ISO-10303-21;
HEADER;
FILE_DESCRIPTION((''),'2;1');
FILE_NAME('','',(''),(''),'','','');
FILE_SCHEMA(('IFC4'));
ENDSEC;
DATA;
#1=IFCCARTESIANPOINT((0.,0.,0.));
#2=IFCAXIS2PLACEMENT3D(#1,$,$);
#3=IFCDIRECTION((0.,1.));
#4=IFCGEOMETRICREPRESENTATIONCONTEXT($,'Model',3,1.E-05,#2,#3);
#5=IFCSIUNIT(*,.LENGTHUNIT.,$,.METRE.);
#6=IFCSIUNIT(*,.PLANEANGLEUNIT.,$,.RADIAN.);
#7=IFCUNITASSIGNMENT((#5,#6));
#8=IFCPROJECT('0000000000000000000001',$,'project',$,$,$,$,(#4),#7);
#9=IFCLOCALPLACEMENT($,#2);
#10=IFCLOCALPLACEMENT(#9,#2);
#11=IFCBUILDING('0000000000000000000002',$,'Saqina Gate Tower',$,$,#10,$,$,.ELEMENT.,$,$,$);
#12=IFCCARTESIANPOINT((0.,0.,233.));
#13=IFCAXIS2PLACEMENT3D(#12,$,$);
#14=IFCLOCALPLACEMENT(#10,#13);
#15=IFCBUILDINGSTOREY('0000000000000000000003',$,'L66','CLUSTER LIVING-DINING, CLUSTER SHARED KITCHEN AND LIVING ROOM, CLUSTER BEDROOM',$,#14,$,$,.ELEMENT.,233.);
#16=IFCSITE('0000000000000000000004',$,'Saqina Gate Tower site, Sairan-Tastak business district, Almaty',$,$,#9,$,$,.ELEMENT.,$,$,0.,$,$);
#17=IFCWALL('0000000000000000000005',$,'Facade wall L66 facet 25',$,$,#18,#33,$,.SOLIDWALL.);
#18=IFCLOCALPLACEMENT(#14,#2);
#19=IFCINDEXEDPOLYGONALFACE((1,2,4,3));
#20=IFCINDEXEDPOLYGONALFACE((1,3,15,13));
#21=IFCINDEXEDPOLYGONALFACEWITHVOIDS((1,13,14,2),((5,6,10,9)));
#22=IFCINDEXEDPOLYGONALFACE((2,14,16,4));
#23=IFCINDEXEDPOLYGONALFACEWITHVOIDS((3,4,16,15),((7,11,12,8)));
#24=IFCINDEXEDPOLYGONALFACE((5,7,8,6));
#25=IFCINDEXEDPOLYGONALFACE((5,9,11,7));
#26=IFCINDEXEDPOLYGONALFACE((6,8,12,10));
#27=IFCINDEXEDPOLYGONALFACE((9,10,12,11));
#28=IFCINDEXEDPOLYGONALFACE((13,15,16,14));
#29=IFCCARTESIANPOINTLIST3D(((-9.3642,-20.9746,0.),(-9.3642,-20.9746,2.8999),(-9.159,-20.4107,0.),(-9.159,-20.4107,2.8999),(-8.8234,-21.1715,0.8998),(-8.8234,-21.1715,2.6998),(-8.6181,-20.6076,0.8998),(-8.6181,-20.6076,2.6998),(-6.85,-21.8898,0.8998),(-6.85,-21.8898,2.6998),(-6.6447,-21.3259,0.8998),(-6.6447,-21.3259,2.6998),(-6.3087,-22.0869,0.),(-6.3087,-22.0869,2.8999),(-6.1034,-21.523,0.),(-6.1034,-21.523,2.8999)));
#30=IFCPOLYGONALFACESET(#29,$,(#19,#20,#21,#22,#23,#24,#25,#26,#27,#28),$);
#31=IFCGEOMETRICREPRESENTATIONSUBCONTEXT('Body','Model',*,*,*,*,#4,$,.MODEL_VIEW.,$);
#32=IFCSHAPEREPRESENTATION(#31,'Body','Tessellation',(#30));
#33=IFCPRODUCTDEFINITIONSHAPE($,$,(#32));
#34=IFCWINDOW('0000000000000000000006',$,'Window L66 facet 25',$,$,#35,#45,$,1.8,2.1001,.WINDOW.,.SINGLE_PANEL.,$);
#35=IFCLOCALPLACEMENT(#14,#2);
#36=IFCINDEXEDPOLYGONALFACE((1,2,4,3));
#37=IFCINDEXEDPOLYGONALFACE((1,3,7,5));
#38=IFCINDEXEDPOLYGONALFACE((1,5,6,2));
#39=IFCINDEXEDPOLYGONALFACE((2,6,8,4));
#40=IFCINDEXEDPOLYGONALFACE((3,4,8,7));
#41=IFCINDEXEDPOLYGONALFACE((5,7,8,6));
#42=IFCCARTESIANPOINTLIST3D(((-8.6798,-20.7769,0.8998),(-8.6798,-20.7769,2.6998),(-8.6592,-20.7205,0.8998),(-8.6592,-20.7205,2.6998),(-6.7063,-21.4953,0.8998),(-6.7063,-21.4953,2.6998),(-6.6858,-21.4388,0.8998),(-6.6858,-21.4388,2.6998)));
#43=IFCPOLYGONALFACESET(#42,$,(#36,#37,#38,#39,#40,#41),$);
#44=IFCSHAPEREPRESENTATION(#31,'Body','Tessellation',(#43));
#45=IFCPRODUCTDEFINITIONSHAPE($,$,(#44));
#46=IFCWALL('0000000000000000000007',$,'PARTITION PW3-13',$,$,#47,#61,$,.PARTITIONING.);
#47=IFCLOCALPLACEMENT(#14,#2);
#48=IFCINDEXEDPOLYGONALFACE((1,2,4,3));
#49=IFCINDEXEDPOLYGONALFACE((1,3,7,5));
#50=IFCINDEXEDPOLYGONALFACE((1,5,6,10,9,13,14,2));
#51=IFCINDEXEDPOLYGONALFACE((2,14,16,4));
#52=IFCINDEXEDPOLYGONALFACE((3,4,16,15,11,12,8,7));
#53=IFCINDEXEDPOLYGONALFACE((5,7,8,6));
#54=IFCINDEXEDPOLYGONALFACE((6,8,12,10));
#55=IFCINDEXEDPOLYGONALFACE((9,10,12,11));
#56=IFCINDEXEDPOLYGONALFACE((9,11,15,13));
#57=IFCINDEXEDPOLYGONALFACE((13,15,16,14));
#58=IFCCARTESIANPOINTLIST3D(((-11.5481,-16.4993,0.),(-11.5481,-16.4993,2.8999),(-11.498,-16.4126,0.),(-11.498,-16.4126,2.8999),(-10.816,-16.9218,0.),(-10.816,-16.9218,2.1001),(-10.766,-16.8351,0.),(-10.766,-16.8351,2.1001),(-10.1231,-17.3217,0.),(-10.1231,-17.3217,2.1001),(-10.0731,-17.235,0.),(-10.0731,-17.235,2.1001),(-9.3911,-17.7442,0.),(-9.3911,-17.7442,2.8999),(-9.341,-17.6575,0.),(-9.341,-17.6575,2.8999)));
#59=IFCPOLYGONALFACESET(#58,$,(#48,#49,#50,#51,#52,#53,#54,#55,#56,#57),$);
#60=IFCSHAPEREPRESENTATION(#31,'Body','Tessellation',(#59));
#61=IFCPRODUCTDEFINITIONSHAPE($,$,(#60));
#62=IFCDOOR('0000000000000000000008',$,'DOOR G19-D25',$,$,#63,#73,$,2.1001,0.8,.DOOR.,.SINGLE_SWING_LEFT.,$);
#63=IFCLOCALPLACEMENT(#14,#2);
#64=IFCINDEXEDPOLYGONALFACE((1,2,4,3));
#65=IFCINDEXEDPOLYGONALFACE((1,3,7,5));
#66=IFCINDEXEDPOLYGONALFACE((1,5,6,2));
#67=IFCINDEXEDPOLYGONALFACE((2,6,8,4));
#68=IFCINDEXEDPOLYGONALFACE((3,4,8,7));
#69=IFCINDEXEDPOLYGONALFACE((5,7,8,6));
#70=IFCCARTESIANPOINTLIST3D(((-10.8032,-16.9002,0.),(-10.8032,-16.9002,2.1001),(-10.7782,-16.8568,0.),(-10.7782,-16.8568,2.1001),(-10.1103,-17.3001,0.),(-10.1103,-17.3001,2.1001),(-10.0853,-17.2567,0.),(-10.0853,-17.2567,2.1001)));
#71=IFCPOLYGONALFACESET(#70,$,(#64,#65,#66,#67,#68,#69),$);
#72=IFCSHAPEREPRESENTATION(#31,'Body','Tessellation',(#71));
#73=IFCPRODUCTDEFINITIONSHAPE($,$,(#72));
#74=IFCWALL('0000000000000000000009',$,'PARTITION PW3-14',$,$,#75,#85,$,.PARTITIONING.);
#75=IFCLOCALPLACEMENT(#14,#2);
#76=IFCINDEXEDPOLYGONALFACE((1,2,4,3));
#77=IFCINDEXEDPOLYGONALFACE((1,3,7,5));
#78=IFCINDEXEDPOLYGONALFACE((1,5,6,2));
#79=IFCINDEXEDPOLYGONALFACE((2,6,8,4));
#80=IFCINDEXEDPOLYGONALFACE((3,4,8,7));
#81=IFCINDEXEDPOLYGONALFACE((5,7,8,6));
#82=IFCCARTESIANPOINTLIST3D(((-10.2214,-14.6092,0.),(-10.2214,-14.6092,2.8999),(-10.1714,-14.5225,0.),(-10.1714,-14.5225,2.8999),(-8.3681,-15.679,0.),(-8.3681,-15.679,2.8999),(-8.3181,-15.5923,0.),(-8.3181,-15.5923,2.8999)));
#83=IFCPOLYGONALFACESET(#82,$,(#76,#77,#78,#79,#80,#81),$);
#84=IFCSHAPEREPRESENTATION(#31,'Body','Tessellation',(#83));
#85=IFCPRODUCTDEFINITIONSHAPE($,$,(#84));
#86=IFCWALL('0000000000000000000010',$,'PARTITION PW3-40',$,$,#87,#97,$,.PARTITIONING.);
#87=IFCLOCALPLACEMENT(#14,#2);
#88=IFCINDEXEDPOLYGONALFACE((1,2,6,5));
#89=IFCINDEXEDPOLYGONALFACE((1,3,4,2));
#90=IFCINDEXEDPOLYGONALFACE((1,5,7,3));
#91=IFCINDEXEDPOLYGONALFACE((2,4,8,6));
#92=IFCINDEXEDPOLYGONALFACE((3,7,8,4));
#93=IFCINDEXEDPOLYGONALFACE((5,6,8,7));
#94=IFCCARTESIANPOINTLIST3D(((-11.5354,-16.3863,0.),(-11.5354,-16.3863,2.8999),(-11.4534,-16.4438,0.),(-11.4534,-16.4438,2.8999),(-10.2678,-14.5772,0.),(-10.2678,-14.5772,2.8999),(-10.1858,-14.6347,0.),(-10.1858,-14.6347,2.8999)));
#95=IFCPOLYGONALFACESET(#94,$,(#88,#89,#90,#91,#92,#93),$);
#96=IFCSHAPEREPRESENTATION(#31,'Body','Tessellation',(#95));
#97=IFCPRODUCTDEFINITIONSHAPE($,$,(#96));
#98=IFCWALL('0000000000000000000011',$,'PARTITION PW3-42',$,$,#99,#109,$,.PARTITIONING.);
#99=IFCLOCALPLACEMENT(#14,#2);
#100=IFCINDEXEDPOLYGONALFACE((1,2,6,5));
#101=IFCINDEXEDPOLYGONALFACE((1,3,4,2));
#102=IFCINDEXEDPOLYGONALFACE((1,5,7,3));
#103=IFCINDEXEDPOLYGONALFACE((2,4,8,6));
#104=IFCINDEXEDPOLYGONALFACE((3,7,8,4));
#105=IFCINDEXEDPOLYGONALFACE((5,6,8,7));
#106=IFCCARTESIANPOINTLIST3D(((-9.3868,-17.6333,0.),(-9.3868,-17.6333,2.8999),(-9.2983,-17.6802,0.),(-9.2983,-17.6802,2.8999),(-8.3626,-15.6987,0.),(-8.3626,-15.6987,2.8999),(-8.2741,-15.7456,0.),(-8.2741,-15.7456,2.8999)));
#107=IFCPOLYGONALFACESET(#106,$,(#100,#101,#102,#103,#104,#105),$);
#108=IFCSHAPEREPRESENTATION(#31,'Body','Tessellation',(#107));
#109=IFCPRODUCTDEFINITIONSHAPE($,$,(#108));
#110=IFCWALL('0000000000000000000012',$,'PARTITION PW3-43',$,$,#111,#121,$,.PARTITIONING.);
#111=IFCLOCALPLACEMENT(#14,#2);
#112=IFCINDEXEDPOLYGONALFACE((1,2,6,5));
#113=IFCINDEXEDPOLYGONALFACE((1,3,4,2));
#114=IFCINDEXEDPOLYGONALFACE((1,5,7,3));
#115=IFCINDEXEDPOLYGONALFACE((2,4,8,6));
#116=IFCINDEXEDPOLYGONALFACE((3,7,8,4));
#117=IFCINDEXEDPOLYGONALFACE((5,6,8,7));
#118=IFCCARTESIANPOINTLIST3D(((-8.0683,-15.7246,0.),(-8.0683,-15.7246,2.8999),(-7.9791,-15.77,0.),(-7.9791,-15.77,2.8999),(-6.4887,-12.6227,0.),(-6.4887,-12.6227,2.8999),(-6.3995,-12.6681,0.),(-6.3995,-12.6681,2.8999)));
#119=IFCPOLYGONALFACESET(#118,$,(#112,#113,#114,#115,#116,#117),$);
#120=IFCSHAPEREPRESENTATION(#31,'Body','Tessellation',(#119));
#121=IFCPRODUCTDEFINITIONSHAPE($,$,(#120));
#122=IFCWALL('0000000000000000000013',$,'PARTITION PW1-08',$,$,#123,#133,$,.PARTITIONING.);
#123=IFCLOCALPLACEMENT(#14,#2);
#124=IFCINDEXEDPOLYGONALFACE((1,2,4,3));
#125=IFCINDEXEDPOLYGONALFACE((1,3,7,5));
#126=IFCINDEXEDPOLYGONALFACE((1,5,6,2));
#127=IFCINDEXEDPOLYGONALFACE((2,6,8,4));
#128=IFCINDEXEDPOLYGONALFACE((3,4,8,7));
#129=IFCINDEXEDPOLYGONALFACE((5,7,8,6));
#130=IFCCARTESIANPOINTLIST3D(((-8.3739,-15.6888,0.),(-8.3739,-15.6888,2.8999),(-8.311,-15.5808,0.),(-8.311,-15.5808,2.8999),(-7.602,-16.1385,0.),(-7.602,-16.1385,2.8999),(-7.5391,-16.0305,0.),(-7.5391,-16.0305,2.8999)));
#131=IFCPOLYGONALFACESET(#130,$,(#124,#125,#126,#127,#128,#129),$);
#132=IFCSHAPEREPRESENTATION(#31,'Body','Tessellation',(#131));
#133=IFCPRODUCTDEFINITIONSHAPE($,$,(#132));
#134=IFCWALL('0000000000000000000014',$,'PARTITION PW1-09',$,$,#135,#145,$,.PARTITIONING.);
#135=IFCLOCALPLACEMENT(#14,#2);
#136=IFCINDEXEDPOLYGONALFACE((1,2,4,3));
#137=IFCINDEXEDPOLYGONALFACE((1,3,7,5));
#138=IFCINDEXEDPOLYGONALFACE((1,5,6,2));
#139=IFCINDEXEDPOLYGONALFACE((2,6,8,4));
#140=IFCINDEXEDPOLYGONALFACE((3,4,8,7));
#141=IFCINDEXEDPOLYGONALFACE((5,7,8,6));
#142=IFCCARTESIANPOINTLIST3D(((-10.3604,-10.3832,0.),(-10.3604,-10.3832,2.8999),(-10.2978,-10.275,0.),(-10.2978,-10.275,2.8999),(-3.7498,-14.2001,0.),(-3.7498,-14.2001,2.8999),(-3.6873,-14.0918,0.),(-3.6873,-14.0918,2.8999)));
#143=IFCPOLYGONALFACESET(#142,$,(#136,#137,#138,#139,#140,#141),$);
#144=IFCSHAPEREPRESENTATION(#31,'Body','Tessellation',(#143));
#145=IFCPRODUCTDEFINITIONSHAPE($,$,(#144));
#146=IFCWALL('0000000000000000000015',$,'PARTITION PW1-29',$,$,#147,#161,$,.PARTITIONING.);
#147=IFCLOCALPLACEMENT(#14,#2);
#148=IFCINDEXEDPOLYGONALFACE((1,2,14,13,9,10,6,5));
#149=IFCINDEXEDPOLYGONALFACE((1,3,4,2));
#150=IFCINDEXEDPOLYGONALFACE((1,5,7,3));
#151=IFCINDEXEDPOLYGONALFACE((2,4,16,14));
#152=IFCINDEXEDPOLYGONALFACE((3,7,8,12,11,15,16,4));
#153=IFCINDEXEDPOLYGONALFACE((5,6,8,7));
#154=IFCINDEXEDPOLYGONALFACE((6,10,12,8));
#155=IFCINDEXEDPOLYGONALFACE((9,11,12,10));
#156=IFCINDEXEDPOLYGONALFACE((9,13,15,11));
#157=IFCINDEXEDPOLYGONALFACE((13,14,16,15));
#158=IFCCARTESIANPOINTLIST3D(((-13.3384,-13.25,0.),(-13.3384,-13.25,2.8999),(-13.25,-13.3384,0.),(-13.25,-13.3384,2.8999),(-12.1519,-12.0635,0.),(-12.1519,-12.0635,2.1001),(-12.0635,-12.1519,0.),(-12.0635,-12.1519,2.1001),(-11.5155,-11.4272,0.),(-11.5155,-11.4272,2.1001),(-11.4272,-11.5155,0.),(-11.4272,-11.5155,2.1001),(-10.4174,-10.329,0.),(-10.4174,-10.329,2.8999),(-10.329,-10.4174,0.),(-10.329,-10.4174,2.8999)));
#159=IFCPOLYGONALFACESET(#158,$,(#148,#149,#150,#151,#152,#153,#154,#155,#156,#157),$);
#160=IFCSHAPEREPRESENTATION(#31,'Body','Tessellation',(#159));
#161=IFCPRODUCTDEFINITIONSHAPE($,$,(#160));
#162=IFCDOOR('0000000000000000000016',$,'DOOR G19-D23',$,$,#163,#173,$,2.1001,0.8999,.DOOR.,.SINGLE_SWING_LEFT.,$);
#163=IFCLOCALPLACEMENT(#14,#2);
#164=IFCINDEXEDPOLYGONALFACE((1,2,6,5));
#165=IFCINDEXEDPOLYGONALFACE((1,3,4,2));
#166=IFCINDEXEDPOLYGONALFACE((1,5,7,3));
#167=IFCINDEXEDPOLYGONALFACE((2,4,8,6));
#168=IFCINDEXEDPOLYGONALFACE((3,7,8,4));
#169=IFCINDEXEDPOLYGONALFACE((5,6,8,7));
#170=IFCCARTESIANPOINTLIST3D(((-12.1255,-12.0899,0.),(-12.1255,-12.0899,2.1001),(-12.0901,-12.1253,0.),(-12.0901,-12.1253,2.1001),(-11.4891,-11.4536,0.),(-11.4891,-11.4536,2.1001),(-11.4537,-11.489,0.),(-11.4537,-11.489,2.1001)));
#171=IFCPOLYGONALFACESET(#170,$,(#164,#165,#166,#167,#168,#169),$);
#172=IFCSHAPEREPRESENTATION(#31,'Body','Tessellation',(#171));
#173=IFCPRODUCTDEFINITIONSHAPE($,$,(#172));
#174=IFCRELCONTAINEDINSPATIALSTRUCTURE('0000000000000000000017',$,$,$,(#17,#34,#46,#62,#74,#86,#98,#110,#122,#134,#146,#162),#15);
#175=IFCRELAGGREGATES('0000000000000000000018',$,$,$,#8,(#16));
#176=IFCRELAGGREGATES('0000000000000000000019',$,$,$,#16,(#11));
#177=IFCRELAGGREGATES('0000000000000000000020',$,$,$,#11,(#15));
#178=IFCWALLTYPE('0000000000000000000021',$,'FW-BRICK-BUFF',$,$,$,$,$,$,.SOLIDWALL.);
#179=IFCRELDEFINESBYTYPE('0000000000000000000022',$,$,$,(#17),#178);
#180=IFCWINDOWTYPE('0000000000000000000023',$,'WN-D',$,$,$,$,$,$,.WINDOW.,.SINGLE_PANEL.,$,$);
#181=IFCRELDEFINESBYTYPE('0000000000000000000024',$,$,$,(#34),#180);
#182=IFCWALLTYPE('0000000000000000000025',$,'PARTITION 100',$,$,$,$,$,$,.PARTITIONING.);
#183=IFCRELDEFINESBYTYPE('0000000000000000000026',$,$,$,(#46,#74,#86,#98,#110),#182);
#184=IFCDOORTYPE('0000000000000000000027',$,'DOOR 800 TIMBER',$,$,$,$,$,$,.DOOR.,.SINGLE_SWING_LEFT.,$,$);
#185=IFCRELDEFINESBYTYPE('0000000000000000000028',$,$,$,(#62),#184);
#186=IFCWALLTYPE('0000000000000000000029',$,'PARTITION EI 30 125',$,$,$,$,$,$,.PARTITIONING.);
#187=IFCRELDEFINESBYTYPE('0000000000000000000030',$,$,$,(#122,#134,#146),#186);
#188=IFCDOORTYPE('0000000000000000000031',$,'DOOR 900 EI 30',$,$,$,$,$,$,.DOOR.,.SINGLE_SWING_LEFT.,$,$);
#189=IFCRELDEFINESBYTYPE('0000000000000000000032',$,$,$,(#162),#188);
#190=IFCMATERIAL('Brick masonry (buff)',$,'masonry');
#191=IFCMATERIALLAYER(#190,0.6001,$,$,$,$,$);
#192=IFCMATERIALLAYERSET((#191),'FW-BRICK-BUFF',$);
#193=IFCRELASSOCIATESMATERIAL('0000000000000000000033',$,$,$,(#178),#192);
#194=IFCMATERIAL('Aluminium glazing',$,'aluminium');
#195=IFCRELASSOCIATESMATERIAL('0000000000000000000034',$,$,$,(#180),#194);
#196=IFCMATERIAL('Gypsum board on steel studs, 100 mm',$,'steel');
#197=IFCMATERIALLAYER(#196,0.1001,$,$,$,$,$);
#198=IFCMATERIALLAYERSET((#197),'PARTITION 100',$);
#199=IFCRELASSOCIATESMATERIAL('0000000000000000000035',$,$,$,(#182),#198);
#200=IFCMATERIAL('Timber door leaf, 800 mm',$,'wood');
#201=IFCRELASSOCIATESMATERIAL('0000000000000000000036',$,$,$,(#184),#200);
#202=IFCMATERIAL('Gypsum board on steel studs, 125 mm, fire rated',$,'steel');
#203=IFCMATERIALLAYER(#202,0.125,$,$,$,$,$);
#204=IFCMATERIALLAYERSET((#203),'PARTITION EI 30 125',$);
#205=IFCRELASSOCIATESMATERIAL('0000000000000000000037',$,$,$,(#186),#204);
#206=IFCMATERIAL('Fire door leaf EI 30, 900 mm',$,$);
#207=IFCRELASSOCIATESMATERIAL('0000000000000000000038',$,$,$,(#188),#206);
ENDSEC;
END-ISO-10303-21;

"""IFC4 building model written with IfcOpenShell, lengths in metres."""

from ifc_helpers import new_model, si_unit, direction, frame, frame_2d, origin, place, context, subcontext, project, spatial, rectangle, extrude, material, layer, layer_set, type_object, element, fill, save


model = new_model("IFC4")

# Units and contexts
model_context = context("Model", 3, precision=1e-05, world=origin(), true_north=direction((0.0, 1.0)))
body_context = subcontext(model_context, "Body", "Model", "MODEL_VIEW")
ifc_project = project(units=[si_unit("LENGTHUNIT", "METRE"), si_unit("PLANEANGLEUNIT", "RADIAN")], contexts=[model_context])

# Site, building, storey
site_placement = place(None, origin())
site = spatial("IfcSite", under=ifc_project, at=site_placement, Name="Saqina Gate Tower site, Sairan-Tastak business district, Almaty", CompositionType="ELEMENT", RefElevation=0.0)
building_placement = place(site_placement, origin())
building = spatial("IfcBuilding", under=site, at=building_placement, Name="Saqina Gate Tower", CompositionType="ELEMENT")
storey_placement = place(building_placement, frame((0.0, 0.0, 233.0)))
storey = spatial("IfcBuildingStorey", under=building, at=storey_placement, Name="L66", Description="CLUSTER LIVING-DINING, CLUSTER SHARED KITCHEN AND LIVING ROOM, CLUSTER BEDROOM", CompositionType="ELEMENT", Elevation=233.0)

# Wall, opening, window
ifc_material_1 = material(Name="Brick masonry (buff)", Category="masonry")
ifc_layer_1 = layer(ifc_material_1, 0.6001)
ifc_layer_set_1 = layer_set([ifc_layer_1], Name="FW-BRICK-BUFF")
wall_type_1 = type_object("IfcWallType", Name="FW-BRICK-BUFF", PredefinedType="SOLIDWALL", material=ifc_layer_set_1)
ifc_material_2 = material(Name="Aluminium glazing", Category="aluminium")
window_type = type_object("IfcWindowType", Name="WN-D", PartitioningType="SINGLE_PANEL", PredefinedType="WINDOW", material=ifc_material_2)
wall_1_placement = place(storey_placement, frame((-9.2617, -20.6926, 0.0), z_axis=(0.0, 0.0, 1.0), x_axis=(0.939679, -0.342057, 0.0)))
wall_1 = element("IfcWall", 1, at=wall_1_placement, inside=storey, type_object=wall_type_1, Name="Facade wall L66 facet 25", PredefinedType="SOLIDWALL", context=body_context, shape_type="SweptSolid", body=[
    extrude(rectangle(XDim=3.2517, YDim=0.6001, at=frame_2d((1.626, 0.0))), origin(), (0.0, 0.0, 1.0), 2.8999),
])
opening_1_placement = place(wall_1_placement, frame((0.5757, 0.0, 0.8999)))
opening_1 = element("IfcOpeningElement", 2, at=opening_1_placement, cuts=wall_1, PredefinedType="OPENING", context=body_context, shape_type="SweptSolid", body=[
    extrude(rectangle(XDim=2.1001, YDim=1.8, at=frame_2d((1.05, 0.8999))), frame((0.0, 0.312, 0.0), z_axis=(0.0, -1.0, 0.0), x_axis=(1.0, 0.0, 0.0)), (0.0, 0.0, 1.0), 0.624),
])
window_1_placement = place(opening_1_placement, origin())
window_1 = element("IfcWindow", 3, at=window_1_placement, inside=storey, type_object=window_type, Name="Window L66 facet 25", OverallHeight=1.8, OverallWidth=2.1001, PartitioningType="SINGLE_PANEL", PredefinedType="WINDOW", context=body_context, shape_type="SweptSolid", body=[
    extrude(rectangle(XDim=2.1001, YDim=1.8, at=frame_2d((1.05, 0.8999))), frame((0.0, 0.1799, 0.0), z_axis=(0.0, -1.0, 0.0), x_axis=(1.0, 0.0, 0.0)), (0.0, 0.0, 1.0), 0.0601),
])
fill(opening_1, window_1)

# Wall, opening, door
ifc_material_3 = material(Name="Gypsum board on steel studs, 100 mm", Category="steel")
ifc_layer_2 = layer(ifc_material_3, 0.1001)
ifc_layer_set_2 = layer_set([ifc_layer_2], Name="PARTITION 100")
wall_type_2 = type_object("IfcWallType", Name="PARTITION 100", PredefinedType="PARTITIONING", material=ifc_layer_set_2)
wall_2_placement = place(storey_placement, frame((-11.5229, -16.4561, 0.0), z_axis=(0.0, 0.0, 1.0), x_axis=(0.866106, -0.499861, 0.0)))
wall_2 = element("IfcWall", 4, at=wall_2_placement, inside=storey, type_object=wall_type_2, Name="PARTITION PW3-13", PredefinedType="PARTITIONING", context=body_context, shape_type="SweptSolid", body=[
    extrude(rectangle(XDim=2.4905, YDim=0.1001, at=frame_2d((1.2451, 0.0))), origin(), (0.0, 0.0, 1.0), 2.8999),
])
opening_2_placement = place(wall_2_placement, frame((0.8452, 0.0, 0.0)))
opening_2 = element("IfcOpeningElement", 5, at=opening_2_placement, cuts=wall_2, PredefinedType="OPENING", context=body_context, shape_type="SweptSolid", body=[
    extrude(rectangle(XDim=0.8, YDim=2.1001, at=frame_2d((0.3999, 1.05))), frame((0.0, 0.062, 0.0), z_axis=(0.0, -1.0, 0.0), x_axis=(1.0, 0.0, 0.0)), (0.0, 0.0, 1.0), 0.124),
])
ifc_material_4 = material(Name="Timber door leaf, 800 mm", Category="wood")
door_type_1 = type_object("IfcDoorType", Name="DOOR 800 TIMBER", OperationType="SINGLE_SWING_LEFT", PredefinedType="DOOR", material=ifc_material_4)
door_1_placement = place(opening_2_placement, frame((0.8, 0.0, 0.0), z_axis=(0.0, 0.0, 1.0), x_axis=(-1.0, 0.0, 0.0)))
door_1 = element("IfcDoor", 6, at=door_1_placement, inside=storey, type_object=door_type_1, Name="DOOR G19-D25", OperationType="SINGLE_SWING_LEFT", OverallHeight=2.1001, OverallWidth=0.8, PredefinedType="DOOR", context=body_context, shape_type="SweptSolid", body=[
    extrude(rectangle(XDim=0.8, YDim=2.1001, at=frame_2d((0.3999, 1.05))), frame((0.0, 0.0249, 0.0), z_axis=(0.0, -1.0, 0.0), x_axis=(1.0, 0.0, 0.0)), (0.0, 0.0, 1.0), 0.05),
])
fill(opening_2, door_1)

# Walls
wall_3_placement = place(storey_placement, frame((-10.1963, -14.5659, 0.0), z_axis=(0.0, 0.0, 1.0), x_axis=(0.866058, -0.499943, 0.0)))
element("IfcWall", 7, at=wall_3_placement, inside=storey, type_object=wall_type_2, Name="PARTITION PW3-14", PredefinedType="PARTITIONING", context=body_context, shape_type="SweptSolid", body=[
    extrude(rectangle(XDim=2.1399, YDim=0.1001, at=frame_2d((1.0698, 0.0))), origin(), (0.0, 0.0, 1.0), 2.8999),
])
wall_4_placement = place(storey_placement, frame((-11.4944, -16.415, 0.0), z_axis=(0.0, 0.0, 1.0), x_axis=(0.573833, 0.818972, 0.0)))
element("IfcWall", 8, at=wall_4_placement, inside=storey, type_object=wall_type_2, Name="PARTITION PW3-40", PredefinedType="PARTITIONING", context=body_context, shape_type="SweptSolid", body=[
    extrude(rectangle(XDim=2.209, YDim=0.1001, at=frame_2d((1.1045, 0.0))), origin(), (0.0, 0.0, 1.0), 2.8999),
])
wall_5_placement = place(storey_placement, frame((-9.3425, -17.6567, 0.0), z_axis=(0.0, 0.0, 1.0), x_axis=(0.467883, 0.883791, 0.0)))
element("IfcWall", 9, at=wall_5_placement, inside=storey, type_object=wall_type_2, Name="PARTITION PW3-42", PredefinedType="PARTITIONING", context=body_context, shape_type="SweptSolid", body=[
    extrude(rectangle(XDim=2.189, YDim=0.1001, at=frame_2d((1.0945, 0.0))), origin(), (0.0, 0.0, 1.0), 2.8999),
])
wall_6_placement = place(storey_placement, frame((-8.0237, -15.7473, 0.0), z_axis=(0.0, 0.0, 1.0), x_axis=(0.453766, 0.891121, 0.0)))
element("IfcWall", 10, at=wall_6_placement, inside=storey, type_object=wall_type_2, Name="PARTITION PW3-43", PredefinedType="PARTITIONING", context=body_context, shape_type="SweptSolid", body=[
    extrude(rectangle(XDim=3.481, YDim=0.1001, at=frame_2d((1.7405, 0.0))), origin(), (0.0, 0.0, 1.0), 2.8999),
])
ifc_material_5 = material(Name="Gypsum board on steel studs, 125 mm, fire rated", Category="steel")
ifc_layer_3 = layer(ifc_material_5, 0.125)
ifc_layer_set_3 = layer_set([ifc_layer_3], Name="PARTITION EI 30 125")
wall_type_3 = type_object("IfcWallType", Name="PARTITION EI 30 125", PredefinedType="PARTITIONING", material=ifc_layer_set_3)
wall_7_placement = place(storey_placement, frame((-8.3425, -15.6348, 0.0), z_axis=(0.0, 0.0, 1.0), x_axis=(0.864076, -0.503361, 0.0)))
element("IfcWall", 11, at=wall_7_placement, inside=storey, type_object=wall_type_3, Name="PARTITION PW1-08", PredefinedType="PARTITIONING", context=body_context, shape_type="SweptSolid", body=[
    extrude(rectangle(XDim=0.8933, YDim=0.125, at=frame_2d((0.4468, 0.0))), origin(), (0.0, 0.0, 1.0), 2.8999),
])
wall_8_placement = place(storey_placement, frame((-10.3291, -10.3291, 0.0), z_axis=(0.0, 0.0, 1.0), x_axis=(0.86601, -0.500026, 0.0)))
element("IfcWall", 12, at=wall_8_placement, inside=storey, type_object=wall_type_3, Name="PARTITION PW1-09", PredefinedType="PARTITIONING", context=body_context, shape_type="SweptSolid", body=[
    extrude(rectangle(XDim=7.6333, YDim=0.125, at=frame_2d((3.8167, 0.0))), origin(), (0.0, 0.0, 1.0), 2.8999),
])

# Wall, opening, door
wall_9_placement = place(storey_placement, frame((-13.2942, -13.2942, 0.0), z_axis=(0.0, 0.0, 1.0), x_axis=(0.707107, 0.707107, 0.0)))
wall_9 = element("IfcWall", 13, at=wall_9_placement, inside=storey, type_object=wall_type_3, Name="PARTITION PW1-29", PredefinedType="PARTITIONING", context=body_context, shape_type="SweptSolid", body=[
    extrude(rectangle(XDim=4.1309, YDim=0.125, at=frame_2d((2.0654, 0.0))), origin(), (0.0, 0.0, 1.0), 2.8999),
])
opening_3_placement = place(wall_9_placement, frame((1.678, 0.0, 0.0)))
opening_3 = element("IfcOpeningElement", 14, at=opening_3_placement, cuts=wall_9, PredefinedType="OPENING", context=body_context, shape_type="SweptSolid", body=[
    extrude(rectangle(XDim=0.8999, YDim=2.1001, at=frame_2d((0.45, 1.05))), frame((0.0, 0.0745, 0.0), z_axis=(0.0, -1.0, 0.0), x_axis=(1.0, 0.0, 0.0)), (0.0, 0.0, 1.0), 0.1489),
])
ifc_material_6 = material(Name="Fire door leaf EI 30, 900 mm")
door_type_2 = type_object("IfcDoorType", Name="DOOR 900 EI 30", OperationType="SINGLE_SWING_LEFT", PredefinedType="DOOR", material=ifc_material_6)
door_2_placement = place(opening_3_placement, frame((0.8999, 0.0, 0.0), z_axis=(0.0, 0.0, 1.0), x_axis=(-1.0, 0.0, 0.0)))
door_2 = element("IfcDoor", 15, at=door_2_placement, inside=storey, type_object=door_type_2, Name="DOOR G19-D23", OperationType="SINGLE_SWING_LEFT", OverallHeight=2.1001, OverallWidth=0.8999, PredefinedType="DOOR", context=body_context, shape_type="SweptSolid", body=[
    extrude(rectangle(XDim=0.8999, YDim=2.1001, at=frame_2d((0.45, 1.05))), frame((0.0, 0.0249, 0.0), z_axis=(0.0, -1.0, 0.0), x_axis=(1.0, 0.0, 0.0)), (0.0, 0.0, 1.0), 0.05),
])
fill(opening_3, door_2)

save(model, "model.ifc")
